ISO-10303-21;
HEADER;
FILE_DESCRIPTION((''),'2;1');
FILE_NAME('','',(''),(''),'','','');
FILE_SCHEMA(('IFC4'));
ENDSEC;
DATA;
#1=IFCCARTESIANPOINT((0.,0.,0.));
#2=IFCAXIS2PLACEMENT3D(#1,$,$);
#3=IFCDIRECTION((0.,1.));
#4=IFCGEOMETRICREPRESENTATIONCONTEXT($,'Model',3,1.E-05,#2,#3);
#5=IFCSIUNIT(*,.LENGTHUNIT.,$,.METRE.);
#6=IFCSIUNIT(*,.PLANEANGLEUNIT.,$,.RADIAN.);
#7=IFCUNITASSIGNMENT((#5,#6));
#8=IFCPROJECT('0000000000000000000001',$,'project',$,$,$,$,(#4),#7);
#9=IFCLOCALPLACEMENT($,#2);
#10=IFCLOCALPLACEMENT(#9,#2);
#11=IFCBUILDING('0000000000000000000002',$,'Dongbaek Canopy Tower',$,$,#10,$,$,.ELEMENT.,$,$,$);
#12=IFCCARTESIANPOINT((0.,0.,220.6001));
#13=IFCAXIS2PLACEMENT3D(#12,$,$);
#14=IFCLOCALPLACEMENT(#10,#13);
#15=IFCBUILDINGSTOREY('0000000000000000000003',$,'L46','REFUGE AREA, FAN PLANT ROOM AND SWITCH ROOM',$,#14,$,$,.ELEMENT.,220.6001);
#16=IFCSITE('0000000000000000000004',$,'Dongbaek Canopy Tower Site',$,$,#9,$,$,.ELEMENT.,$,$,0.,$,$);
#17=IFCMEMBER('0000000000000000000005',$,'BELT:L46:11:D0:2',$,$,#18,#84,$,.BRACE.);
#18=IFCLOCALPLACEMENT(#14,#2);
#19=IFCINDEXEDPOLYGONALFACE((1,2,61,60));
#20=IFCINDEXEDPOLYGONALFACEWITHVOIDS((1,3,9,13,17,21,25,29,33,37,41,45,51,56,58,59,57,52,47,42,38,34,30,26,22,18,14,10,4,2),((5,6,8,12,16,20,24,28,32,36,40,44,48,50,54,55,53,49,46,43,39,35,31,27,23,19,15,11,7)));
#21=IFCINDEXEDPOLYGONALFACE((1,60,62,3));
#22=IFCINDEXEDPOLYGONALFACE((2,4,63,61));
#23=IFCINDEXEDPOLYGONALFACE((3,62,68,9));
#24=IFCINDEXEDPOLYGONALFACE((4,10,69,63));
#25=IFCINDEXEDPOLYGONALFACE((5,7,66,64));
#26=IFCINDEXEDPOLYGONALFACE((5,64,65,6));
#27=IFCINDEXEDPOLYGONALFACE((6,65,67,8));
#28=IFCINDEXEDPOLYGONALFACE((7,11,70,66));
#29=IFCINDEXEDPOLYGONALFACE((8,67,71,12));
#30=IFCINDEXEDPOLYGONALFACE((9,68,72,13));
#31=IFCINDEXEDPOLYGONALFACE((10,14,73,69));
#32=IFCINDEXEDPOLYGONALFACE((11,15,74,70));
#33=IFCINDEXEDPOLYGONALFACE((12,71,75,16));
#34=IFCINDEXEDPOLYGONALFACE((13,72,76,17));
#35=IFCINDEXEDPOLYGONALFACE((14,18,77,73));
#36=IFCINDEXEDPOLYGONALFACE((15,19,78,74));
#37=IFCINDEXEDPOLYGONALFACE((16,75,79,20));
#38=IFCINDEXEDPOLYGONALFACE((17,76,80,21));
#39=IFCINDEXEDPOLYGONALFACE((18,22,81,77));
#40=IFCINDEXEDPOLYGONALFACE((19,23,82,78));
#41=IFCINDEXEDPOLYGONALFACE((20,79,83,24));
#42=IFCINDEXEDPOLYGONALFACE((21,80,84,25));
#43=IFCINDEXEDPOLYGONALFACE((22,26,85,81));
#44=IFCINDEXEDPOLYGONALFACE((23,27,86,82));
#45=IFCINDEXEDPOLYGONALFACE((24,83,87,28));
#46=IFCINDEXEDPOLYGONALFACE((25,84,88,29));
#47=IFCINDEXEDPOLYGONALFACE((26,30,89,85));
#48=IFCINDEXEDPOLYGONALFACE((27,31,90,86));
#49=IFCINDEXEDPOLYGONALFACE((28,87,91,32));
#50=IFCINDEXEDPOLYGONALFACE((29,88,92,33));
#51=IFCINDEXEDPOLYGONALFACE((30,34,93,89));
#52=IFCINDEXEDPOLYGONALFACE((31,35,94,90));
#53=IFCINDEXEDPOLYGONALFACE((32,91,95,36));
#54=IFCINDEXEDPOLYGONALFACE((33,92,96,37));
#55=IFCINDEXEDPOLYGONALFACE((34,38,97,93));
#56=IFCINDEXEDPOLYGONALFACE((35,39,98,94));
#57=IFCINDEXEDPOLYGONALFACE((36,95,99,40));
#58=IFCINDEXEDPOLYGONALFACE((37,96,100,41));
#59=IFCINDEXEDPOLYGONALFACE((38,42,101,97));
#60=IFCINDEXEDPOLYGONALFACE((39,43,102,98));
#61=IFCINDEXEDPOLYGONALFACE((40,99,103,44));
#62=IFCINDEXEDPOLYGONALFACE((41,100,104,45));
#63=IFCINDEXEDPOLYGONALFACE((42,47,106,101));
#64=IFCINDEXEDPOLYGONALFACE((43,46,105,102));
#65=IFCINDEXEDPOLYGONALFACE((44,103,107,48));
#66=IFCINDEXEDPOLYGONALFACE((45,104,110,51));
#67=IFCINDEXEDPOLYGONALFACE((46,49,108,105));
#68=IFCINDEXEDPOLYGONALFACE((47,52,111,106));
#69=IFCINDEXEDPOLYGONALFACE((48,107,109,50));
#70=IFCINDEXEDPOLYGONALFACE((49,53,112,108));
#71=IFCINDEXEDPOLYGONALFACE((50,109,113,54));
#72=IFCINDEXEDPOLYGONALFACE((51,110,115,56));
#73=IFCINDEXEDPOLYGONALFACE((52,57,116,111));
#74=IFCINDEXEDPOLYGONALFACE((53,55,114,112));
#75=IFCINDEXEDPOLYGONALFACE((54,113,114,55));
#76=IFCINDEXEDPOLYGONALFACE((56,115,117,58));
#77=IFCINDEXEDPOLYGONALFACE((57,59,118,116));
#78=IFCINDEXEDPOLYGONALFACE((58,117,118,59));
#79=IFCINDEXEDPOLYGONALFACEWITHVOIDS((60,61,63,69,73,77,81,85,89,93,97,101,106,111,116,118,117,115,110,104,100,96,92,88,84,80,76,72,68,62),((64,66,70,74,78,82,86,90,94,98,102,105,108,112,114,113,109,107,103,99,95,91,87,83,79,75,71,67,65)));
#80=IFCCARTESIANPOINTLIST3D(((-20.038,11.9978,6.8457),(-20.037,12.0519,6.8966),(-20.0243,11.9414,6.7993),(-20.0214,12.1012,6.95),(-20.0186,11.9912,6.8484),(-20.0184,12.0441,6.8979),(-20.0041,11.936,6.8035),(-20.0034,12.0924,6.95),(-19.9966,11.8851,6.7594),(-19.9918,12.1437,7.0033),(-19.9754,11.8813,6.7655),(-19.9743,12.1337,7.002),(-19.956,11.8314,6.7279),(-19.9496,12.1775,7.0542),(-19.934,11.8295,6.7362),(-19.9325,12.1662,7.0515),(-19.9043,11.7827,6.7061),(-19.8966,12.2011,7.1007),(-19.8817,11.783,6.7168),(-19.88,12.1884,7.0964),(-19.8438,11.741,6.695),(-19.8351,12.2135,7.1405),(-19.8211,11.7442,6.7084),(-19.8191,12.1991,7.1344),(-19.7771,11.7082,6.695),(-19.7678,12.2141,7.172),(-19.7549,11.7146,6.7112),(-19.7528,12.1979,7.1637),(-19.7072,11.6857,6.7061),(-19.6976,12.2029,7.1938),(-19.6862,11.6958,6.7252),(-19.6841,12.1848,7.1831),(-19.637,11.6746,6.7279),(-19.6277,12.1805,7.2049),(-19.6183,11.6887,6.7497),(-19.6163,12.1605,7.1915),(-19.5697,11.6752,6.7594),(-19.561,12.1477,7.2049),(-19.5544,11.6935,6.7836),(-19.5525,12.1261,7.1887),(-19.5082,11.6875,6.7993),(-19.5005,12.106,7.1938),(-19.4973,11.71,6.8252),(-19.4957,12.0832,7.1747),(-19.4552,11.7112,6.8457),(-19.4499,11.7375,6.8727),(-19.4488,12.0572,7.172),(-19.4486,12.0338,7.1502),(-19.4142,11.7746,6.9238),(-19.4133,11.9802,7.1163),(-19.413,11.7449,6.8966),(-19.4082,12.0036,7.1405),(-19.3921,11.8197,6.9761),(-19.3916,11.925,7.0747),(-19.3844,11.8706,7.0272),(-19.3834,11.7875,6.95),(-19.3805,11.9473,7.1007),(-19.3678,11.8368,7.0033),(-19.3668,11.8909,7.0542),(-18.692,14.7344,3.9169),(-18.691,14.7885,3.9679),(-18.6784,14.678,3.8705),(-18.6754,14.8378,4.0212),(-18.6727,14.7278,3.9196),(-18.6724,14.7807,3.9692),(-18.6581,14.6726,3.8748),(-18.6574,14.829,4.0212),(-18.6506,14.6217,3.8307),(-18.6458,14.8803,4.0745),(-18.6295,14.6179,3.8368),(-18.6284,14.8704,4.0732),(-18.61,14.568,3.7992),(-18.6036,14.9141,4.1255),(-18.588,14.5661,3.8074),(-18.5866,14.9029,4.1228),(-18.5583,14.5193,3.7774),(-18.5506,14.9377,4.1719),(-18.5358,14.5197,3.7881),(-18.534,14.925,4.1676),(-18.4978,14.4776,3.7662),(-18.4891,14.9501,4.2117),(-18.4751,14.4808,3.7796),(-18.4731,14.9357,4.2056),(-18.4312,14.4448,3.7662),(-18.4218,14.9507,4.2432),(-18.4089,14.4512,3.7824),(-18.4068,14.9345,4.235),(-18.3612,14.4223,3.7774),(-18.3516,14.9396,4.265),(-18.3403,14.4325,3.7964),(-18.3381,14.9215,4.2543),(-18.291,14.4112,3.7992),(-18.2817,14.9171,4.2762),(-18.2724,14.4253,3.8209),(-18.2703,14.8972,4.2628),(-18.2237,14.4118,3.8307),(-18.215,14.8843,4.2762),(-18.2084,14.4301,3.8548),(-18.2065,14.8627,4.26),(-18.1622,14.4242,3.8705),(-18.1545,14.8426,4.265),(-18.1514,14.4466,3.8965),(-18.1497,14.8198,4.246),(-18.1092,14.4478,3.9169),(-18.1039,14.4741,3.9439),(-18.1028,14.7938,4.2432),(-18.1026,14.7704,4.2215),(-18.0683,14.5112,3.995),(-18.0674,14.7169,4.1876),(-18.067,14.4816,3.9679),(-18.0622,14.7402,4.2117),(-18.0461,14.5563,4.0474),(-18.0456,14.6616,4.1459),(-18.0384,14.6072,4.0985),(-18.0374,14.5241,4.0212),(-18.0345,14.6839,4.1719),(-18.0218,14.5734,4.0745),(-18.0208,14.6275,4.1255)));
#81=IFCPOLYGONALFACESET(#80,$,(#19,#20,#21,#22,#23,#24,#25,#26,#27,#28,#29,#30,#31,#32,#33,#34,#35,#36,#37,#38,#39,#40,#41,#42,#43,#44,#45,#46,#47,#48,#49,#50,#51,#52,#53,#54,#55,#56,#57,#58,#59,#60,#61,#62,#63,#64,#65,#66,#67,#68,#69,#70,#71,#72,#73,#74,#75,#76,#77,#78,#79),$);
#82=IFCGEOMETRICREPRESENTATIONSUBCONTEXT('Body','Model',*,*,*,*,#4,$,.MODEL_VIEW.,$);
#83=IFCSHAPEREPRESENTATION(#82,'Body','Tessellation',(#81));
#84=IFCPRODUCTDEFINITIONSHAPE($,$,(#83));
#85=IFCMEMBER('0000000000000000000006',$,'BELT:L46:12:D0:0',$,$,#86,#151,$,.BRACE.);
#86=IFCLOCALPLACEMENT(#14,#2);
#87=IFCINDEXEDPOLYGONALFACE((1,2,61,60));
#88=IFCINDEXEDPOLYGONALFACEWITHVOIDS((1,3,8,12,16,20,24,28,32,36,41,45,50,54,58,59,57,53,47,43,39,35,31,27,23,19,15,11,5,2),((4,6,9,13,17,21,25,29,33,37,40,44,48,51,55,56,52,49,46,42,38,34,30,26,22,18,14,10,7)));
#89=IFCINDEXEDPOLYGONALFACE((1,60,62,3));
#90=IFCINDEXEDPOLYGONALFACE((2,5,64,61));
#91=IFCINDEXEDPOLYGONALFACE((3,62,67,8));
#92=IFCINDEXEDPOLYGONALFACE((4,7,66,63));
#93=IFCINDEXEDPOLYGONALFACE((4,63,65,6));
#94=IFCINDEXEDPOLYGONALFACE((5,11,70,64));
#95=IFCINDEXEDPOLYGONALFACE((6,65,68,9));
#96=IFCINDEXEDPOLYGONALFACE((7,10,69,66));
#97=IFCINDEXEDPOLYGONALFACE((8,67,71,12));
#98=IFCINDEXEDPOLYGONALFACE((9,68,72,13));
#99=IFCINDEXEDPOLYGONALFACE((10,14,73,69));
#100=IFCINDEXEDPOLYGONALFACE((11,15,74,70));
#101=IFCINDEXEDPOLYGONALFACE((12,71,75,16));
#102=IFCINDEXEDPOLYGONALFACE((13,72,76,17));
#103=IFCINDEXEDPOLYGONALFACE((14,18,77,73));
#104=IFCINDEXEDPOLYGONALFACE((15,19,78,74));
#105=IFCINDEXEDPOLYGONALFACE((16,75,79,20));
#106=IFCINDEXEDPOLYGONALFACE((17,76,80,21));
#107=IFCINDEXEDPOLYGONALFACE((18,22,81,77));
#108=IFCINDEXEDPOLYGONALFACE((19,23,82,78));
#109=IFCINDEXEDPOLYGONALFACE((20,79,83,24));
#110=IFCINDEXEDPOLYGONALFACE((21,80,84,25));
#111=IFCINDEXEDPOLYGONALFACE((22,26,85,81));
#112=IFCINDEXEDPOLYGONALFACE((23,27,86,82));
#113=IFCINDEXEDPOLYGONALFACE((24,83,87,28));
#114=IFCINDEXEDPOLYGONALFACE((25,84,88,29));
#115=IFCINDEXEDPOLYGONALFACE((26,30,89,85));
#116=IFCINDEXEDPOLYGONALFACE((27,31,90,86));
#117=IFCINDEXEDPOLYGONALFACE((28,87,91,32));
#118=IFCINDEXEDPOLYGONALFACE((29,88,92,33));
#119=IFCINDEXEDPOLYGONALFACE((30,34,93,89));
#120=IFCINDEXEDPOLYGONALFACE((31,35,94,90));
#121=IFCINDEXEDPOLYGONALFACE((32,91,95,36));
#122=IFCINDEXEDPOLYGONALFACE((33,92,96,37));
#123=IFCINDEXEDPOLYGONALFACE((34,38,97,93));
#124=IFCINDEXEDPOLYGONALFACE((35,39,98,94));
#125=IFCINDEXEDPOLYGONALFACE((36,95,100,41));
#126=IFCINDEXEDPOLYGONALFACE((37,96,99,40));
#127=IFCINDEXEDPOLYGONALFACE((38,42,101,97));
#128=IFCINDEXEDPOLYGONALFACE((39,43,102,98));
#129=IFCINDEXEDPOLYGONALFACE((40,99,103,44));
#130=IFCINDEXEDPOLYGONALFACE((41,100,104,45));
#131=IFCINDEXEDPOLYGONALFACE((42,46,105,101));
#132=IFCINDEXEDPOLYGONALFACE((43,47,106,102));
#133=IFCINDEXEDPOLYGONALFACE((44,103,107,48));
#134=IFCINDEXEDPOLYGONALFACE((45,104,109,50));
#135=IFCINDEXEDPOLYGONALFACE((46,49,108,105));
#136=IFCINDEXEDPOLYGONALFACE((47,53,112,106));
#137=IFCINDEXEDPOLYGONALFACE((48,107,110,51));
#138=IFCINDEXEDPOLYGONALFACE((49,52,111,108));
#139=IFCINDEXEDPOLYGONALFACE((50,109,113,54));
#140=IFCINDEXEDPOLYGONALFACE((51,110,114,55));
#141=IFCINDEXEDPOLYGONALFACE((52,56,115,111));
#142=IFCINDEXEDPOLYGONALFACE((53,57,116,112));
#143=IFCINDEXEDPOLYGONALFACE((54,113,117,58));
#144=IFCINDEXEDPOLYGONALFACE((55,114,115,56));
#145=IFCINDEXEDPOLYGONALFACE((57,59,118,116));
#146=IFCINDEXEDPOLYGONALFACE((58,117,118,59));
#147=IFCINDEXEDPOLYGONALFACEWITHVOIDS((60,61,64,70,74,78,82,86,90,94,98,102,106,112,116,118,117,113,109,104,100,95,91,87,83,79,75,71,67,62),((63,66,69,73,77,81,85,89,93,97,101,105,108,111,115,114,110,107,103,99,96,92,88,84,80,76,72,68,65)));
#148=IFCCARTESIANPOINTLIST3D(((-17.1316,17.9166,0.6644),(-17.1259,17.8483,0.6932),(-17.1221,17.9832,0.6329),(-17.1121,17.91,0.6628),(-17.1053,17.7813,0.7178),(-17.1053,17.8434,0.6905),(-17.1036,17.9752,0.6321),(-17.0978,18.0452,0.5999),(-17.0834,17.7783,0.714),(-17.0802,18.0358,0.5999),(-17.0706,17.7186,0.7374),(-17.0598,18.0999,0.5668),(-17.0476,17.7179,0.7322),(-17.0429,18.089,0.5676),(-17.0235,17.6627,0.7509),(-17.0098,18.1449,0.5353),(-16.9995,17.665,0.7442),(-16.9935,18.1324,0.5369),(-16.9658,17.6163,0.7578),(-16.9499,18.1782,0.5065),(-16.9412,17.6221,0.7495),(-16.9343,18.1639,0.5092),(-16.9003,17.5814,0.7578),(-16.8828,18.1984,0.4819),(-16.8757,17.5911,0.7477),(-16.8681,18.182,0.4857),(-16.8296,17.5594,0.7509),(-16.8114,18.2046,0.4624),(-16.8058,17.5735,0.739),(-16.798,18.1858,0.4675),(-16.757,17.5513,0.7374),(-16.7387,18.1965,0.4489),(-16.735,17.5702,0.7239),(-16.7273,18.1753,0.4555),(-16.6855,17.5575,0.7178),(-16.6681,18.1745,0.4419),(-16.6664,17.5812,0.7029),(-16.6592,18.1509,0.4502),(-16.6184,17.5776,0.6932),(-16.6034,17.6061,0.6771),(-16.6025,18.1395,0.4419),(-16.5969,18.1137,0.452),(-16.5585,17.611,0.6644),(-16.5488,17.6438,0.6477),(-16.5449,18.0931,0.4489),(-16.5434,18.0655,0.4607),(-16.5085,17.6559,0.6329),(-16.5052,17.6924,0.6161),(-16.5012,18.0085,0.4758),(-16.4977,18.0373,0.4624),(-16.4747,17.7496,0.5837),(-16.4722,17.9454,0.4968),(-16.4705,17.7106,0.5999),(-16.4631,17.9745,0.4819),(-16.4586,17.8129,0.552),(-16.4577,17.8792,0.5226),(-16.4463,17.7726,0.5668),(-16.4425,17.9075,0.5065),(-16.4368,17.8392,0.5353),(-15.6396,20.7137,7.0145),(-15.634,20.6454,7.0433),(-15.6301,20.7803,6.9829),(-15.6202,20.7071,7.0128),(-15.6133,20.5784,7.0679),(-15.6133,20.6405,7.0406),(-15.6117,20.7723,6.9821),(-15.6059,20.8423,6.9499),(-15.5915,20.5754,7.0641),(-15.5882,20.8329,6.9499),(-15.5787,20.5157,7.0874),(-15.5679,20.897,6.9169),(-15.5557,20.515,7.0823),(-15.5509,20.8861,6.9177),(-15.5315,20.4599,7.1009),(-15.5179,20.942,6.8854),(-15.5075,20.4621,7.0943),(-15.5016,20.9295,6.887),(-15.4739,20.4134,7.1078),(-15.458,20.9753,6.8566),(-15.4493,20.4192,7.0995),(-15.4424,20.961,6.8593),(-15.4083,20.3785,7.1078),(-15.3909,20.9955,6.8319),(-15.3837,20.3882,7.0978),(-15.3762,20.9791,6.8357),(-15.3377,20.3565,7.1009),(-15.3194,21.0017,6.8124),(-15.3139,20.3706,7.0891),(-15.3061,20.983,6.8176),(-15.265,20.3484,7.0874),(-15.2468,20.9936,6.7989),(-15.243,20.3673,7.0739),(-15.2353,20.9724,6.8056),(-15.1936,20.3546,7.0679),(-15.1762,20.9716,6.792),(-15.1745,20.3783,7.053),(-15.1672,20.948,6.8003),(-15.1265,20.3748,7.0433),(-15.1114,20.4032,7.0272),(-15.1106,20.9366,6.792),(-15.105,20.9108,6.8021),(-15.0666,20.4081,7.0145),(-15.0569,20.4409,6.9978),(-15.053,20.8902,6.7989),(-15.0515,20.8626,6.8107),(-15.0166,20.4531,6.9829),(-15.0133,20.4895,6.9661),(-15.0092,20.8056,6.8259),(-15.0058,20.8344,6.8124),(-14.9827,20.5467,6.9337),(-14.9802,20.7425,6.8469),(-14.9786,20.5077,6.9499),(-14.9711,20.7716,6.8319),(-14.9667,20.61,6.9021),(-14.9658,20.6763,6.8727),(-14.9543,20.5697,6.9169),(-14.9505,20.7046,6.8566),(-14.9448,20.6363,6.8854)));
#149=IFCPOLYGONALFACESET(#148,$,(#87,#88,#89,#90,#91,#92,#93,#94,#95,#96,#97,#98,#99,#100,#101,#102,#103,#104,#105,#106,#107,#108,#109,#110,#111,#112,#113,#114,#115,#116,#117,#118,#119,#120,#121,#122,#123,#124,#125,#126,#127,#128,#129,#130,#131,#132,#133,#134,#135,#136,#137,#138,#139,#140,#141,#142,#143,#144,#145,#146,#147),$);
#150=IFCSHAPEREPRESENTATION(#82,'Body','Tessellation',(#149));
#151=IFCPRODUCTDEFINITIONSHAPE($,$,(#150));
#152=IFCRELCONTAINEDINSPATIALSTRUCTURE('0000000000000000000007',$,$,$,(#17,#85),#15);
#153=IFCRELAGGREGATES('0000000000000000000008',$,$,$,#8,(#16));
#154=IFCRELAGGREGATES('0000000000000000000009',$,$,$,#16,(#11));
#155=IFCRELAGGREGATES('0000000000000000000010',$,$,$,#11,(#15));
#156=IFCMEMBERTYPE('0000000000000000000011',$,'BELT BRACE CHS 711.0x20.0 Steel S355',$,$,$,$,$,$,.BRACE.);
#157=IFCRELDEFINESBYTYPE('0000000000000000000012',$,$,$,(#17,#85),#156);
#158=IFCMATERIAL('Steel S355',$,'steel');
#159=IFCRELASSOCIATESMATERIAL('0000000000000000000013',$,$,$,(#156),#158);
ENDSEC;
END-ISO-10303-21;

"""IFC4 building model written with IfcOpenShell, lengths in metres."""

from ifc_helpers import new_model, si_unit, direction, frame, origin, origin_2d, place, context, subcontext, project, spatial, hollow_circle, extrude, material, material_profile, profile_set, type_object, element, save


model = new_model("IFC4")

# Units and contexts
model_context = context("Model", 3, precision=1e-05, world=origin(), true_north=direction((0.0, 1.0)))
body_context = subcontext(model_context, "Body", "Model", "MODEL_VIEW")
ifc_project = project(units=[si_unit("LENGTHUNIT", "METRE"), si_unit("PLANEANGLEUNIT", "RADIAN")], contexts=[model_context])

# Site, building, storey
site_placement = place(None, origin())
site = spatial("IfcSite", under=ifc_project, at=site_placement, Name="Dongbaek Canopy Tower Site", CompositionType="ELEMENT", RefElevation=0.0)
building_placement = place(site_placement, origin())
building = spatial("IfcBuilding", under=site, at=building_placement, Name="Dongbaek Canopy Tower", CompositionType="ELEMENT")
storey_placement = place(building_placement, frame((0.0, 0.0, 220.6001)))
storey = spatial("IfcBuildingStorey", under=building, at=storey_placement, Name="L46", Description="REFUGE AREA, FAN PLANT ROOM AND SWITCH ROOM", CompositionType="ELEMENT", Elevation=220.6001)

# Members
ifc_material_1 = material(Name="Steel S355", Category="steel")
ifc_material_profile_1 = material_profile(ifc_material_1, hollow_circle(Radius=0.3555, WallThickness=0.02, at=origin_2d()), Name="BELT BRACE CHS 711.0x20.0 Steel S355")
ifc_profile_set_1 = profile_set([ifc_material_profile_1], Name="Steel S355")
member_type_1 = type_object("IfcMemberType", Name="BELT BRACE CHS 711.0x20.0 Steel S355", PredefinedType="BRACE", material=ifc_profile_set_1)
member_1_placement = place(storey_placement, frame((-19.7024, 11.9443, 6.95), z_axis=(0.318326, 0.647218, -0.69266), x_axis=(-0.897338, 0.441344, 0.0)))
element("IfcMember", 1, at=member_1_placement, inside=storey, type_object=member_type_1, Name="BELT:L46:11:D0:2", PredefinedType="BRACE", context=body_context, shape_type="SweptSolid", body=[
    extrude(hollow_circle(Radius=0.3555, WallThickness=0.02, at=origin_2d()), origin(), (0.0, 0.0, 1.0), 4.2283),
])
member_2_placement = place(storey_placement, frame((-16.7842, 17.8779, 0.5999), z_axis=(0.210209, 0.394103, 0.894704), x_axis=(-0.882334, 0.470624, 0.0)))
element("IfcMember", 2, at=member_2_placement, inside=storey, type_object=member_type_1, Name="BELT:L46:12:D0:0", PredefinedType="BRACE", context=body_context, shape_type="SweptSolid", body=[
    extrude(hollow_circle(Radius=0.3555, WallThickness=0.02, at=origin_2d()), origin(), (0.0, 0.0, 1.0), 7.0974),
])

save(model, "model.ifc")
